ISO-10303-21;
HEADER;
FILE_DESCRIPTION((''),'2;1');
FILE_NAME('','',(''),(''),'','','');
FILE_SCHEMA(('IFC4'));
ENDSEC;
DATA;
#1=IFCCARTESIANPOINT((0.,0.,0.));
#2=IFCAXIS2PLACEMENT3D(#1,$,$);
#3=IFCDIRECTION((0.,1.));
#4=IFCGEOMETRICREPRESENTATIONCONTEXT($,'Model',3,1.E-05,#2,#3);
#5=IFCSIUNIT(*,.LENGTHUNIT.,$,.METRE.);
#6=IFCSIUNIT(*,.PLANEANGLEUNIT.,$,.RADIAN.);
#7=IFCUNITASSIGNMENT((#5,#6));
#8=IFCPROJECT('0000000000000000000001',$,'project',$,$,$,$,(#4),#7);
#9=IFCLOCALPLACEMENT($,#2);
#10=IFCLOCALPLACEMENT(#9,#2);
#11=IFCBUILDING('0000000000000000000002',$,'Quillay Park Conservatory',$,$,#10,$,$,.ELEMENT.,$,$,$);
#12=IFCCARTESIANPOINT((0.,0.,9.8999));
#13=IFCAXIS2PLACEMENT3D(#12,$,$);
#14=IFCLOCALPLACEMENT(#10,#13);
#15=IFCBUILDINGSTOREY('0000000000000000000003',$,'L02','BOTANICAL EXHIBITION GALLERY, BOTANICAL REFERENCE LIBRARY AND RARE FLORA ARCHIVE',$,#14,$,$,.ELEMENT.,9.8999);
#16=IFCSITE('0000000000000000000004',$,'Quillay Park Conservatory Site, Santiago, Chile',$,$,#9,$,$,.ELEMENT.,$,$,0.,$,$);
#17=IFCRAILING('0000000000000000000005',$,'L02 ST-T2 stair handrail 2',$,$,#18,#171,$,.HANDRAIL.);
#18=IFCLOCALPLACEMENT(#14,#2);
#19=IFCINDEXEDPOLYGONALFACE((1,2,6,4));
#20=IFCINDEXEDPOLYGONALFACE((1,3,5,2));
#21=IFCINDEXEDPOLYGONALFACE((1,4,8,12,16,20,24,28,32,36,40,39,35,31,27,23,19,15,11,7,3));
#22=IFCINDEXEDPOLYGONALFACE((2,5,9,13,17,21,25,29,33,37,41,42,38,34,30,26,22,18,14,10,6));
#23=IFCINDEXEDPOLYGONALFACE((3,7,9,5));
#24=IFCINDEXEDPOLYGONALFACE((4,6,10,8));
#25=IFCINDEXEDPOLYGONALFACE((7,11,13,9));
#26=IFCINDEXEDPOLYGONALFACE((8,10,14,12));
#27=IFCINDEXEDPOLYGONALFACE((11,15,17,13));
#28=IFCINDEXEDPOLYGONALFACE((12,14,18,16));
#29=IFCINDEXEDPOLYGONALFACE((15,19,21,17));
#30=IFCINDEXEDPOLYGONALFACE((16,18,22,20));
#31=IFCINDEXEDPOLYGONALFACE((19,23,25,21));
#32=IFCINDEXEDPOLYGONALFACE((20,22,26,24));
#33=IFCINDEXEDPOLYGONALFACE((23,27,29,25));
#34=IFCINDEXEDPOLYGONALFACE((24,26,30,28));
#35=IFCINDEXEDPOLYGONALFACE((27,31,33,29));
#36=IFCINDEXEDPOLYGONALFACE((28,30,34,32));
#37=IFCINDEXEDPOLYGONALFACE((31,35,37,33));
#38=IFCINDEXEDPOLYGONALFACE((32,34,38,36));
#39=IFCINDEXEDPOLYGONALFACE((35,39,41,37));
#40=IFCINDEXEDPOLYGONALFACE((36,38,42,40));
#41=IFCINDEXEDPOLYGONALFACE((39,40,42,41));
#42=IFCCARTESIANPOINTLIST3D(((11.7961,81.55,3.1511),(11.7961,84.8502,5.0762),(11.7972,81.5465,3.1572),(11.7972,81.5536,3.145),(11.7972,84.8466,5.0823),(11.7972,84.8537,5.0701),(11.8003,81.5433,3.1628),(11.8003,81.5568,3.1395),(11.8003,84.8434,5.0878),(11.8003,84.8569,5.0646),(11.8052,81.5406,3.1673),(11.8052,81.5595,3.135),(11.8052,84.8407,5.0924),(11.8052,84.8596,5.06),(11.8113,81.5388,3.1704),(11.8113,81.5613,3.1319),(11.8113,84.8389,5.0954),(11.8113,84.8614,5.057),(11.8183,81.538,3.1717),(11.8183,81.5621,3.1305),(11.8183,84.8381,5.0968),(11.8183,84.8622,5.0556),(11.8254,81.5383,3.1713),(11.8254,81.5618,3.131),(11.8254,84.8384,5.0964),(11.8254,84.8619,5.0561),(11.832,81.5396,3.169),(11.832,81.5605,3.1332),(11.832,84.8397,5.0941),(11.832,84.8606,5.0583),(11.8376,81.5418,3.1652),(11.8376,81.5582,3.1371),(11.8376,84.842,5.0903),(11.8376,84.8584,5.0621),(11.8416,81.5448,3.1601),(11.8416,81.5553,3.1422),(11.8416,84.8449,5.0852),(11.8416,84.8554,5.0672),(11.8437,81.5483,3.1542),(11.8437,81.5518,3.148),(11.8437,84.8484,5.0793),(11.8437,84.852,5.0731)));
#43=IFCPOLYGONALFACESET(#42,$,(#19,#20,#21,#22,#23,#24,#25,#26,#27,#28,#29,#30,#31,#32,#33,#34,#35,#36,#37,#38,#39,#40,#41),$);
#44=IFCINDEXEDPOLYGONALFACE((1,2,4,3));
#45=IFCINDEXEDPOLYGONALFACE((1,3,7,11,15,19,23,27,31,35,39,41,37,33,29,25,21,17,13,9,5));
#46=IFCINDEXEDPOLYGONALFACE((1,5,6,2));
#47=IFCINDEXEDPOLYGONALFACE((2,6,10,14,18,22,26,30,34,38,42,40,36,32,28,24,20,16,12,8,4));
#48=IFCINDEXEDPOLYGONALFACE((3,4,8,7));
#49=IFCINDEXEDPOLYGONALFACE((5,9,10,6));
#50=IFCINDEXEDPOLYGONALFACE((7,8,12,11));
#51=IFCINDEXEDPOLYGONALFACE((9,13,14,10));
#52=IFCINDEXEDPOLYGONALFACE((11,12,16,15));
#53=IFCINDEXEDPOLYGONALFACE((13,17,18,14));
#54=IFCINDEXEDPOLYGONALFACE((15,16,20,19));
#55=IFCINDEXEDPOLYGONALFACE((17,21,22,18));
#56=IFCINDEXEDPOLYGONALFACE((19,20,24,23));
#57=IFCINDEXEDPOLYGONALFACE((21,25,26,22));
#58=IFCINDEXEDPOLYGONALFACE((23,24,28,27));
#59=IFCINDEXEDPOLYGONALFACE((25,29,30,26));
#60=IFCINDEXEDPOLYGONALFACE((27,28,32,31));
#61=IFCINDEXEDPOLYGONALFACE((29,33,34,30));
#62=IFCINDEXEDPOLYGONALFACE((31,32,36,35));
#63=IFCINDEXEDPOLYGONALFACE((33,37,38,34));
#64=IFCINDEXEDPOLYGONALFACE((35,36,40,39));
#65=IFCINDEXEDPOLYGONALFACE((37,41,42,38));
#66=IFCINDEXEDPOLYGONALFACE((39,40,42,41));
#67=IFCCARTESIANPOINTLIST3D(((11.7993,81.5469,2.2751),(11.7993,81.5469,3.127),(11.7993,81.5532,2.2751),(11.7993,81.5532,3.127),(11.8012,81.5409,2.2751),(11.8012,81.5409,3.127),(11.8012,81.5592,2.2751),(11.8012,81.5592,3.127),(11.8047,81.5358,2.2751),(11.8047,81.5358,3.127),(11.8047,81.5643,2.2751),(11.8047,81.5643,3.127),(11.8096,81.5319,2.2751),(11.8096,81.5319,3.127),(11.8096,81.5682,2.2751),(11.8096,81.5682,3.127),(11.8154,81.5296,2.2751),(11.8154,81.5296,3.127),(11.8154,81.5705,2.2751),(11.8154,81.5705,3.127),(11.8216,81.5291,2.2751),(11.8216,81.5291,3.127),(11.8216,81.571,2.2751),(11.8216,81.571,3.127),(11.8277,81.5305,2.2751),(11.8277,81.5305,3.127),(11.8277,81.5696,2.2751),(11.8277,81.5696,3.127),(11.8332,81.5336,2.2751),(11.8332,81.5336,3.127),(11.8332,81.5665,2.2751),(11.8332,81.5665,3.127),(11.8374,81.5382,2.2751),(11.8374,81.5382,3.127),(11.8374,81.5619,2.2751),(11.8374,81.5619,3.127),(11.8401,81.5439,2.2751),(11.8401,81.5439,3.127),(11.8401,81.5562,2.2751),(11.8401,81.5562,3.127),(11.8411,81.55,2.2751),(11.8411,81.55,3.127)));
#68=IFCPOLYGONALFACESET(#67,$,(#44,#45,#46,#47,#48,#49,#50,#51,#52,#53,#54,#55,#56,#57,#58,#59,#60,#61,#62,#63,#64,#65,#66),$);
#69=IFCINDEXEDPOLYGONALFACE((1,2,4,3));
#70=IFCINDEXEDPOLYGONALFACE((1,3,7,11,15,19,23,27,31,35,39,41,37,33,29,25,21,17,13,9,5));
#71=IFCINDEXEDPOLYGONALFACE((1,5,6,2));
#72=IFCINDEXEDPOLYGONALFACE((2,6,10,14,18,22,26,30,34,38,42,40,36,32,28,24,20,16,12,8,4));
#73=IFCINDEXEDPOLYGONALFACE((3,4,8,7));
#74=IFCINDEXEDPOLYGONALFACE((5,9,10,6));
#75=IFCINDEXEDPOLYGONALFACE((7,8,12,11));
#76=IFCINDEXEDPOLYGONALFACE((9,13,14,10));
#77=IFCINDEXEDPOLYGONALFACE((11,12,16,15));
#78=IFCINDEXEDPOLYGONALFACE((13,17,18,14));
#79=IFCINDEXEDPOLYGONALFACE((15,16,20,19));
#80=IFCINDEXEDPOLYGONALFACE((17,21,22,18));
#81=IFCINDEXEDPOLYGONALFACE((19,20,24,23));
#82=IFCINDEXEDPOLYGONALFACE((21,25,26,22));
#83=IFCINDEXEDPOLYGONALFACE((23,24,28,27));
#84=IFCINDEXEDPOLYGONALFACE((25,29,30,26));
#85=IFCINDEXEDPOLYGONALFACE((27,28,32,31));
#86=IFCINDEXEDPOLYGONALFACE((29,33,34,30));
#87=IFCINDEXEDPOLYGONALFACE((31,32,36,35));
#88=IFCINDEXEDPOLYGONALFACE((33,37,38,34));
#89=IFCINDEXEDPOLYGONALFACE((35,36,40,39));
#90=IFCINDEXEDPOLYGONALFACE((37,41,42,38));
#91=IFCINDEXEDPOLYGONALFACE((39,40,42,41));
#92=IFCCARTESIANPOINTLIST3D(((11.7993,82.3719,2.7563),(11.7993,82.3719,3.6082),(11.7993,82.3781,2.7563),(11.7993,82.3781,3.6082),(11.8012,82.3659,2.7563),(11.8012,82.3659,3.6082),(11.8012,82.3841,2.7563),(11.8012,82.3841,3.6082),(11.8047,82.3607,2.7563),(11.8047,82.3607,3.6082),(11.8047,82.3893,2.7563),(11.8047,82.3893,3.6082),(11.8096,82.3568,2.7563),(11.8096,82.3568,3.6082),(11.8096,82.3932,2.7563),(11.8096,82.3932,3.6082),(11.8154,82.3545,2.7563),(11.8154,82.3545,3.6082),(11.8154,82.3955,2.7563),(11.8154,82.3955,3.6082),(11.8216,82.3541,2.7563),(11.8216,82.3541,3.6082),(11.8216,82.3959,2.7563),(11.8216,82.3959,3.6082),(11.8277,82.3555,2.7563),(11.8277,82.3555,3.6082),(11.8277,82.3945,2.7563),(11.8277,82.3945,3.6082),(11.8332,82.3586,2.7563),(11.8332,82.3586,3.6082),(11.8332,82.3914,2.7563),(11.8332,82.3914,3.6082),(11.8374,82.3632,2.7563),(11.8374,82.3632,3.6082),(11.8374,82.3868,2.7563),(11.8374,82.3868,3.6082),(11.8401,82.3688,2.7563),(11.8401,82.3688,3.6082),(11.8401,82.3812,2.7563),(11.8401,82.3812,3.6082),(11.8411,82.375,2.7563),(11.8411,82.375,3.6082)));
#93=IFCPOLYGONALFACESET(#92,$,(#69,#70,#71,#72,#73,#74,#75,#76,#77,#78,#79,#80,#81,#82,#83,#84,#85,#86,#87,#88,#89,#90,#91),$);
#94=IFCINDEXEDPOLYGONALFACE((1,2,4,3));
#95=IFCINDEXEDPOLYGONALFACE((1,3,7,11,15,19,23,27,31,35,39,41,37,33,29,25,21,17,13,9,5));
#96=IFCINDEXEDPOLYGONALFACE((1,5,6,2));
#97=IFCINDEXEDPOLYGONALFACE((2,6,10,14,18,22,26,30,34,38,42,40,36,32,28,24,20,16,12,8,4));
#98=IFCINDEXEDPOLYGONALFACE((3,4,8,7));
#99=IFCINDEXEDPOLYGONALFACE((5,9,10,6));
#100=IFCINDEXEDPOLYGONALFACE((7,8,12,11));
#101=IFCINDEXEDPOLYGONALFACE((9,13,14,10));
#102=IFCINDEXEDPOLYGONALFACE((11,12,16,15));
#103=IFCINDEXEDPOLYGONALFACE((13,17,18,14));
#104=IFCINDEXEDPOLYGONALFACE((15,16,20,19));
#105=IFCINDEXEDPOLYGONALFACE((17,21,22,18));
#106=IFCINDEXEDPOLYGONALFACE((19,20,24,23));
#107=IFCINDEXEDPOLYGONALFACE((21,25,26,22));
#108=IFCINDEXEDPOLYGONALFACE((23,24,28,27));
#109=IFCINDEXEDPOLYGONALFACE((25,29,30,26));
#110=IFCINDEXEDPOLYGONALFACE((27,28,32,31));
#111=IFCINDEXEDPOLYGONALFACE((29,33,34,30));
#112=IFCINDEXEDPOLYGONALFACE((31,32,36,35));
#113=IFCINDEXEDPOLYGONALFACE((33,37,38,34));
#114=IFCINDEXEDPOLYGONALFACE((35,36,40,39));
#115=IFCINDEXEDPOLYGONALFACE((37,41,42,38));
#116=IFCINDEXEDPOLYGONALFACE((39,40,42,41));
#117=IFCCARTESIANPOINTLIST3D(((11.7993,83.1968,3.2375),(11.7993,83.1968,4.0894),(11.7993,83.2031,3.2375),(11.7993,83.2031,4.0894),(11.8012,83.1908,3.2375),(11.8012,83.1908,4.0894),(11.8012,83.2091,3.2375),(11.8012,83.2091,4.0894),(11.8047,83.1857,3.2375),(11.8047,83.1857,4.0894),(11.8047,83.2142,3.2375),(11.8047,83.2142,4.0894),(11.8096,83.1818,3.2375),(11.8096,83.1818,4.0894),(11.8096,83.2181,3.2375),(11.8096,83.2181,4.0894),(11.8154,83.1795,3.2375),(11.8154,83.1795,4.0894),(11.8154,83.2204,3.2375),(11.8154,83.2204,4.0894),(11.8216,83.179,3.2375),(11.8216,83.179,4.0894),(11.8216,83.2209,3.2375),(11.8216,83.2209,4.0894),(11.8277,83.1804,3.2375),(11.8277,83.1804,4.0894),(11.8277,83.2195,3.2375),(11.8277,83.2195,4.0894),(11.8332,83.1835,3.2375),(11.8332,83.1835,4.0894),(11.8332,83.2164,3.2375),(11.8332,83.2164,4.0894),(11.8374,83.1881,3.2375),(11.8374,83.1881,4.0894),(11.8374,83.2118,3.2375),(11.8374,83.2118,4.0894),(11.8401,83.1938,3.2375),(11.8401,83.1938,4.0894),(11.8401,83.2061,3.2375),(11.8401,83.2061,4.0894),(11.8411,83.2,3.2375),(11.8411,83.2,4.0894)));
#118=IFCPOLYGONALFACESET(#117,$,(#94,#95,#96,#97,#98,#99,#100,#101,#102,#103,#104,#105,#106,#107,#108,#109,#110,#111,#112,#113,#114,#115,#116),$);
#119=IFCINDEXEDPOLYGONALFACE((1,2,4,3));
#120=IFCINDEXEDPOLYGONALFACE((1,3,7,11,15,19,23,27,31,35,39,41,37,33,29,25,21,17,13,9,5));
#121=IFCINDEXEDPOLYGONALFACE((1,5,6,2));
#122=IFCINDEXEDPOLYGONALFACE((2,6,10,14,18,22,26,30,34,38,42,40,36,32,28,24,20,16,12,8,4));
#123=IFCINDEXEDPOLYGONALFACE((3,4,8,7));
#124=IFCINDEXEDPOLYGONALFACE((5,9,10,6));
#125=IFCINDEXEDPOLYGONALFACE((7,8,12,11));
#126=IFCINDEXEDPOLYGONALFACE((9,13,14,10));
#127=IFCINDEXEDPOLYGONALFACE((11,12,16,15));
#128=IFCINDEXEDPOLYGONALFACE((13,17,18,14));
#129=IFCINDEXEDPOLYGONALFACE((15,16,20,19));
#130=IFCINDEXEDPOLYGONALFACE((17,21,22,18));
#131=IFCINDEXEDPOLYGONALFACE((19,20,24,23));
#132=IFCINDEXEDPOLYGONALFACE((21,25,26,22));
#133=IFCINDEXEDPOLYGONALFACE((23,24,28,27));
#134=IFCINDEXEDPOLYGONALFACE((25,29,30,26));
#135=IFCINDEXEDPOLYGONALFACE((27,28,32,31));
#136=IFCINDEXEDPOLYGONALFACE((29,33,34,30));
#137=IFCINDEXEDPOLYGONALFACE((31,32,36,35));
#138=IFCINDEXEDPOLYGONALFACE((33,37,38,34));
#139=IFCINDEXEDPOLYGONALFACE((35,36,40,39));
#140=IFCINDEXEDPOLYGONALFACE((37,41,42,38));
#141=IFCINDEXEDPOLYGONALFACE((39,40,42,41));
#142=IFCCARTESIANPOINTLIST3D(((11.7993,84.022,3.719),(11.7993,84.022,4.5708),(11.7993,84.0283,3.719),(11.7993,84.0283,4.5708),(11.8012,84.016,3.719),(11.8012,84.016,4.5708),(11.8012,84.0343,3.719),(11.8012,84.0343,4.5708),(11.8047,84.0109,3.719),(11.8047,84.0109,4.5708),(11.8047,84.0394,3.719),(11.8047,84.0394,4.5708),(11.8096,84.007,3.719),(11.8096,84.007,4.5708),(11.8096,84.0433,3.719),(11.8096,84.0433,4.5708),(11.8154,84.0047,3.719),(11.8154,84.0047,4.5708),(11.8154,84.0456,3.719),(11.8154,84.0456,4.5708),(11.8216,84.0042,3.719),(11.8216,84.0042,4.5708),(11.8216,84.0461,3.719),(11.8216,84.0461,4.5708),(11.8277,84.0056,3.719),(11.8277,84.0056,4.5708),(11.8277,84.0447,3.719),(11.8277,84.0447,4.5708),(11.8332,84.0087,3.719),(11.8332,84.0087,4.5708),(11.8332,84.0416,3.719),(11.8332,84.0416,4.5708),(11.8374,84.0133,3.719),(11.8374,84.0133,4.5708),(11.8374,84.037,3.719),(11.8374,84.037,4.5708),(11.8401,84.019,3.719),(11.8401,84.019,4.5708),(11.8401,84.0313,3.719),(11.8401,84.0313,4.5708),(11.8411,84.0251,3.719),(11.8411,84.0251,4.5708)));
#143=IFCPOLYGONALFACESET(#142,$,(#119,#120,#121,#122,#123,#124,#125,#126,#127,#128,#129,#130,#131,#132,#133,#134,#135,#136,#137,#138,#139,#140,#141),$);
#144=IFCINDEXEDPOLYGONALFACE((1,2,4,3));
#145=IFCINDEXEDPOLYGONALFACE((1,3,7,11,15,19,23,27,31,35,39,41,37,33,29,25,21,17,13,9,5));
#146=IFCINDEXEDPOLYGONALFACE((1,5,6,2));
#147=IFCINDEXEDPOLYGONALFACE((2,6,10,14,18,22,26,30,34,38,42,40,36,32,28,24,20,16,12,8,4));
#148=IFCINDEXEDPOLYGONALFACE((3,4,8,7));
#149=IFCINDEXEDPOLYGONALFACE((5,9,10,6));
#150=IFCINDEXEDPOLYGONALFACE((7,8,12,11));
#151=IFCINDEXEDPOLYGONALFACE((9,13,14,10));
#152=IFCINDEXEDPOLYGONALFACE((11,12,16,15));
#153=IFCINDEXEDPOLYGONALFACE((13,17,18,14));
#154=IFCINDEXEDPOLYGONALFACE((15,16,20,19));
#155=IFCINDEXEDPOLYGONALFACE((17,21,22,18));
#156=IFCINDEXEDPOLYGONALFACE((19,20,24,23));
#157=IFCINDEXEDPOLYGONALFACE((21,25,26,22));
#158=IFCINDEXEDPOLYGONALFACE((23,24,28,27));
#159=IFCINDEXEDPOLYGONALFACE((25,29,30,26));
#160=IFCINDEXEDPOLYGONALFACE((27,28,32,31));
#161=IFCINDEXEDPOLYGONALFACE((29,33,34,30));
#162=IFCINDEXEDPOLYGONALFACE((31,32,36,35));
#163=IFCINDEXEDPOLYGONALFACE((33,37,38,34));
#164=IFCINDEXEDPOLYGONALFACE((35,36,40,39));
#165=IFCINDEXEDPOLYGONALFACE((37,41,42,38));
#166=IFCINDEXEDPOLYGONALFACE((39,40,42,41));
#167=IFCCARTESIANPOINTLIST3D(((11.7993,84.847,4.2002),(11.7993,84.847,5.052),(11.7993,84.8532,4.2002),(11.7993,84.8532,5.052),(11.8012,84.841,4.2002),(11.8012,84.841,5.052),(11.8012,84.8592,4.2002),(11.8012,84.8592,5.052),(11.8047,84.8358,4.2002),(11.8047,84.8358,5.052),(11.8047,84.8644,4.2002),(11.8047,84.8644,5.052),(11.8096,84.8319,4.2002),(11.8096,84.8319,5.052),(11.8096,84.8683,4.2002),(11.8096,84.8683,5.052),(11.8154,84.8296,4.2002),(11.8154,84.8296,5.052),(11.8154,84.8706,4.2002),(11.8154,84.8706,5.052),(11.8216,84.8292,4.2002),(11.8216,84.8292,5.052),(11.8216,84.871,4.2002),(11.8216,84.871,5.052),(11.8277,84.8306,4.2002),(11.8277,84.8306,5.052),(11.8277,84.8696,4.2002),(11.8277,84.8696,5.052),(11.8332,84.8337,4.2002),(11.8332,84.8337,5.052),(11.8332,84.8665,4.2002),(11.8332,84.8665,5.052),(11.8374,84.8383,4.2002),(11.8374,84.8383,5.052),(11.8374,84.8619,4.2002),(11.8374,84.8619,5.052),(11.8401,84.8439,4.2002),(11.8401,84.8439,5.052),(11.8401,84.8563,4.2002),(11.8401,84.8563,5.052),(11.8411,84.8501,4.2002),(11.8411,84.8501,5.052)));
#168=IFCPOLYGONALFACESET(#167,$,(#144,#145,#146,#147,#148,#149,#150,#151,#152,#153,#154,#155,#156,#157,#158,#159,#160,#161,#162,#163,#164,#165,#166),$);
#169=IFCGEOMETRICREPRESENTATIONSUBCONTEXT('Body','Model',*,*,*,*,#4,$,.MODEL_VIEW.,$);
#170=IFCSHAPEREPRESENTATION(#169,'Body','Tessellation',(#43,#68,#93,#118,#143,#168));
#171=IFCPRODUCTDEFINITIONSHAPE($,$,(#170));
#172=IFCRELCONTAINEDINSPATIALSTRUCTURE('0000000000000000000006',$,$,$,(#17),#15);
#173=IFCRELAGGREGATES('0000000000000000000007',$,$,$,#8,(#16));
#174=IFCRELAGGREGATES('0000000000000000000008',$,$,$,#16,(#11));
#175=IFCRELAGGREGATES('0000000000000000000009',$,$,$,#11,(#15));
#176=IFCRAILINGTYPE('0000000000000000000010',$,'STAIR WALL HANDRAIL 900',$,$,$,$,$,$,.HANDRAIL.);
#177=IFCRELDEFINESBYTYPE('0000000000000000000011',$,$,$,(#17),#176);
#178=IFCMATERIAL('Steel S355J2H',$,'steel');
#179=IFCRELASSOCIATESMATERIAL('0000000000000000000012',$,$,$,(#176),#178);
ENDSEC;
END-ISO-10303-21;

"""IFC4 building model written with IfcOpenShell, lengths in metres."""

from ifc_helpers import new_model, si_unit, direction, frame, origin, origin_2d, place, context, subcontext, project, spatial, circle, extrude, material, type_object, element, save


model = new_model("IFC4")

# Units and contexts
model_context = context("Model", 3, precision=1e-05, world=origin(), true_north=direction((0.0, 1.0)))
body_context = subcontext(model_context, "Body", "Model", "MODEL_VIEW")
ifc_project = project(units=[si_unit("LENGTHUNIT", "METRE"), si_unit("PLANEANGLEUNIT", "RADIAN")], contexts=[model_context])

# Site, building, storey
site_placement = place(None, origin())
site = spatial("IfcSite", under=ifc_project, at=site_placement, Name="Quillay Park Conservatory Site, Santiago, Chile", CompositionType="ELEMENT", RefElevation=0.0)
building_placement = place(site_placement, origin())
building = spatial("IfcBuilding", under=site, at=building_placement, Name="Quillay Park Conservatory", CompositionType="ELEMENT")
storey_placement = place(building_placement, frame((0.0, 0.0, 9.8999)))
storey = spatial("IfcBuildingStorey", under=building, at=storey_placement, Name="L02", Description="BOTANICAL EXHIBITION GALLERY, BOTANICAL REFERENCE LIBRARY AND RARE FLORA ARCHIVE", CompositionType="ELEMENT", Elevation=9.8999)

# Railing
ifc_material_1 = material(Name="Steel S355J2H", Category="steel")
railing_type_1 = type_object("IfcRailingType", Name="STAIR WALL HANDRAIL 900", PredefinedType="HANDRAIL", material=ifc_material_1)
railing_1_placement = place(storey_placement, frame((11.8201, 81.55, 2.2751)))
element("IfcRailing", 1, at=railing_1_placement, inside=storey, type_object=railing_type_1, Name="L02 ST-T2 stair handrail 2", PredefinedType="HANDRAIL", context=body_context, shape_type="SweptSolid", body=[
    extrude(circle(Radius=0.0239, at=origin_2d()), frame((0.0, 0.0, 0.876), z_axis=(0.0, 0.863777, 0.503875), x_axis=(-1.0, 0.0, 0.0)), (0.0, 0.0, 1.0), 3.8206),
    extrude(circle(Radius=0.021, at=origin_2d()), origin(), (0.0, 0.0, 1.0), 0.8518),
    extrude(circle(Radius=0.021, at=origin_2d()), frame((0.0, 0.825, 0.4812)), (0.0, 0.0, 1.0), 0.8518),
    extrude(circle(Radius=0.021, at=origin_2d()), frame((0.0, 1.6499, 0.9624)), (0.0, 0.0, 1.0), 0.8518),
    extrude(circle(Radius=0.021, at=origin_2d()), frame((0.0, 2.4751, 1.4438)), (0.0, 0.0, 1.0), 0.8518),
    extrude(circle(Radius=0.021, at=origin_2d()), frame((0.0, 3.3, 1.925)), (0.0, 0.0, 1.0), 0.8518),
])

save(model, "model.ifc")
